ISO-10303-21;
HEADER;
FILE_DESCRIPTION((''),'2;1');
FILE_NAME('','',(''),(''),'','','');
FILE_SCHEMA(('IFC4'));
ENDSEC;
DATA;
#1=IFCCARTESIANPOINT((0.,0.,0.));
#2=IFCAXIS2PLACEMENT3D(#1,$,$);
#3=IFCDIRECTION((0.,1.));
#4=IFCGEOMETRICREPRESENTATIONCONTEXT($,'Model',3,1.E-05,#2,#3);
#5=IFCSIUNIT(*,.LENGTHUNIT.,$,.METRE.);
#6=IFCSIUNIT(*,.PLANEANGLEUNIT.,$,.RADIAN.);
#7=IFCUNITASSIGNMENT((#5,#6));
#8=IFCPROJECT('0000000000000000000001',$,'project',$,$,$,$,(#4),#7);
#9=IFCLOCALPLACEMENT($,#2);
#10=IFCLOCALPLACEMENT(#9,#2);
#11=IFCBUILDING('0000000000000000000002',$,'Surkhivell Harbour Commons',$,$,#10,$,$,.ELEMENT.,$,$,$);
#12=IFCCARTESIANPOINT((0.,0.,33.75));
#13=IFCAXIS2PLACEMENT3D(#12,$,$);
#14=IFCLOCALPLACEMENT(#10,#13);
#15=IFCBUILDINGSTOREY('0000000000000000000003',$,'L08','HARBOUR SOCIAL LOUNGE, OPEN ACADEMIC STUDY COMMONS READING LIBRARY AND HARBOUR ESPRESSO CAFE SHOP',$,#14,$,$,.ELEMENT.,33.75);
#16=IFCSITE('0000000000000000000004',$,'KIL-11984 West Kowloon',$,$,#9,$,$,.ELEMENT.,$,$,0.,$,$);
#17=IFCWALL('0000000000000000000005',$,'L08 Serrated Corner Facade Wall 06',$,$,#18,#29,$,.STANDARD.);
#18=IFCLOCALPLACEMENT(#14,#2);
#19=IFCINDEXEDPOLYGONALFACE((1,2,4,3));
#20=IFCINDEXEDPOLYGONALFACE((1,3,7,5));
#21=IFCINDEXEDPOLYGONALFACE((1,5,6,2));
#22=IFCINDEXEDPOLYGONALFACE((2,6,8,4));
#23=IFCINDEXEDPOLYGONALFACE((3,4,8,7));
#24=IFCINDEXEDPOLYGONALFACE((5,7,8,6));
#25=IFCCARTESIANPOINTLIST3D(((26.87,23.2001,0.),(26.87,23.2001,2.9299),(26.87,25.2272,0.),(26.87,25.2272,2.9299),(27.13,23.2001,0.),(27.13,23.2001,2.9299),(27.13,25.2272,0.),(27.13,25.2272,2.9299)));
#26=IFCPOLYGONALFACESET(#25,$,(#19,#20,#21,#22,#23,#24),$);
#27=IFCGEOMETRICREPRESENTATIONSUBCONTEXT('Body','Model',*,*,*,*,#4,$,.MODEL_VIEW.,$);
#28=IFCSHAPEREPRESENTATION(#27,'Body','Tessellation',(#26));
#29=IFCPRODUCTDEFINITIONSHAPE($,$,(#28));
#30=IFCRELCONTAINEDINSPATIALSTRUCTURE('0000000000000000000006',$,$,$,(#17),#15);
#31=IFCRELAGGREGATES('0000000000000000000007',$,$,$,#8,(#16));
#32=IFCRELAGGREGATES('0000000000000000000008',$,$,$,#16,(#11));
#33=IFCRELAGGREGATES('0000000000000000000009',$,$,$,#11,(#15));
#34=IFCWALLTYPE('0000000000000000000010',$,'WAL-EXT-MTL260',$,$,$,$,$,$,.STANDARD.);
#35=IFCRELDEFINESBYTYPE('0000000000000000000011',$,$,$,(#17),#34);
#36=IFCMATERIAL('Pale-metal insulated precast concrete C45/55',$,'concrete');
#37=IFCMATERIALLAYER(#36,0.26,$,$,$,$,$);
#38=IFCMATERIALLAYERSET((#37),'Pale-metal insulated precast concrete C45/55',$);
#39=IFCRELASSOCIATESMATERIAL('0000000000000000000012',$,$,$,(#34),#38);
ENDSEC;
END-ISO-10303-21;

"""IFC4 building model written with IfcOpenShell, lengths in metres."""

from ifc_helpers import new_model, si_unit, direction, frame, frame_2d, origin, place, context, subcontext, project, spatial, rectangle, extrude, material, layer, layer_set, type_object, element, save


model = new_model("IFC4")

# Units and contexts
model_context = context("Model", 3, precision=1e-05, world=origin(), true_north=direction((0.0, 1.0)))
body_context = subcontext(model_context, "Body", "Model", "MODEL_VIEW")
ifc_project = project(units=[si_unit("LENGTHUNIT", "METRE"), si_unit("PLANEANGLEUNIT", "RADIAN")], contexts=[model_context])

# Site, building, storey
site_placement = place(None, origin())
site = spatial("IfcSite", under=ifc_project, at=site_placement, Name="KIL-11984 West Kowloon", CompositionType="ELEMENT", RefElevation=0.0)
building_placement = place(site_placement, origin())
building = spatial("IfcBuilding", under=site, at=building_placement, Name="Surkhivell Harbour Commons", CompositionType="ELEMENT")
storey_placement = place(building_placement, frame((0.0, 0.0, 33.75)))
storey = spatial("IfcBuildingStorey", under=building, at=storey_placement, Name="L08", Description="HARBOUR SOCIAL LOUNGE, OPEN ACADEMIC STUDY COMMONS READING LIBRARY AND HARBOUR ESPRESSO CAFE SHOP", CompositionType="ELEMENT", Elevation=33.75)

# Shared definitions
ifc_material_1 = material(Name="Pale-metal insulated precast concrete C45/55", Category="concrete")
ifc_layer_1 = layer(ifc_material_1, 0.26)
ifc_layer_set_1 = layer_set([ifc_layer_1], Name="Pale-metal insulated precast concrete C45/55")
wall_type = type_object("IfcWallType", Name="WAL-EXT-MTL260", PredefinedType="STANDARD", material=ifc_layer_set_1)

# Wall
wall_1_placement = place(storey_placement, frame((27.0, 23.2, 0.0), z_axis=(0.0, 0.0, 1.0), x_axis=(0.0, 1.0, 0.0)))
element("IfcWall", 1, at=wall_1_placement, inside=storey, type_object=wall_type, Name="L08 Serrated Corner Facade Wall 06", PredefinedType="STANDARD", context=body_context, shape_type="SweptSolid", body=[
    extrude(rectangle(XDim=2.0271, YDim=0.26, at=frame_2d((1.0137, 0.0))), origin(), (0.0, 0.0, 1.0), 2.9299),
])

save(model, "model.ifc")
